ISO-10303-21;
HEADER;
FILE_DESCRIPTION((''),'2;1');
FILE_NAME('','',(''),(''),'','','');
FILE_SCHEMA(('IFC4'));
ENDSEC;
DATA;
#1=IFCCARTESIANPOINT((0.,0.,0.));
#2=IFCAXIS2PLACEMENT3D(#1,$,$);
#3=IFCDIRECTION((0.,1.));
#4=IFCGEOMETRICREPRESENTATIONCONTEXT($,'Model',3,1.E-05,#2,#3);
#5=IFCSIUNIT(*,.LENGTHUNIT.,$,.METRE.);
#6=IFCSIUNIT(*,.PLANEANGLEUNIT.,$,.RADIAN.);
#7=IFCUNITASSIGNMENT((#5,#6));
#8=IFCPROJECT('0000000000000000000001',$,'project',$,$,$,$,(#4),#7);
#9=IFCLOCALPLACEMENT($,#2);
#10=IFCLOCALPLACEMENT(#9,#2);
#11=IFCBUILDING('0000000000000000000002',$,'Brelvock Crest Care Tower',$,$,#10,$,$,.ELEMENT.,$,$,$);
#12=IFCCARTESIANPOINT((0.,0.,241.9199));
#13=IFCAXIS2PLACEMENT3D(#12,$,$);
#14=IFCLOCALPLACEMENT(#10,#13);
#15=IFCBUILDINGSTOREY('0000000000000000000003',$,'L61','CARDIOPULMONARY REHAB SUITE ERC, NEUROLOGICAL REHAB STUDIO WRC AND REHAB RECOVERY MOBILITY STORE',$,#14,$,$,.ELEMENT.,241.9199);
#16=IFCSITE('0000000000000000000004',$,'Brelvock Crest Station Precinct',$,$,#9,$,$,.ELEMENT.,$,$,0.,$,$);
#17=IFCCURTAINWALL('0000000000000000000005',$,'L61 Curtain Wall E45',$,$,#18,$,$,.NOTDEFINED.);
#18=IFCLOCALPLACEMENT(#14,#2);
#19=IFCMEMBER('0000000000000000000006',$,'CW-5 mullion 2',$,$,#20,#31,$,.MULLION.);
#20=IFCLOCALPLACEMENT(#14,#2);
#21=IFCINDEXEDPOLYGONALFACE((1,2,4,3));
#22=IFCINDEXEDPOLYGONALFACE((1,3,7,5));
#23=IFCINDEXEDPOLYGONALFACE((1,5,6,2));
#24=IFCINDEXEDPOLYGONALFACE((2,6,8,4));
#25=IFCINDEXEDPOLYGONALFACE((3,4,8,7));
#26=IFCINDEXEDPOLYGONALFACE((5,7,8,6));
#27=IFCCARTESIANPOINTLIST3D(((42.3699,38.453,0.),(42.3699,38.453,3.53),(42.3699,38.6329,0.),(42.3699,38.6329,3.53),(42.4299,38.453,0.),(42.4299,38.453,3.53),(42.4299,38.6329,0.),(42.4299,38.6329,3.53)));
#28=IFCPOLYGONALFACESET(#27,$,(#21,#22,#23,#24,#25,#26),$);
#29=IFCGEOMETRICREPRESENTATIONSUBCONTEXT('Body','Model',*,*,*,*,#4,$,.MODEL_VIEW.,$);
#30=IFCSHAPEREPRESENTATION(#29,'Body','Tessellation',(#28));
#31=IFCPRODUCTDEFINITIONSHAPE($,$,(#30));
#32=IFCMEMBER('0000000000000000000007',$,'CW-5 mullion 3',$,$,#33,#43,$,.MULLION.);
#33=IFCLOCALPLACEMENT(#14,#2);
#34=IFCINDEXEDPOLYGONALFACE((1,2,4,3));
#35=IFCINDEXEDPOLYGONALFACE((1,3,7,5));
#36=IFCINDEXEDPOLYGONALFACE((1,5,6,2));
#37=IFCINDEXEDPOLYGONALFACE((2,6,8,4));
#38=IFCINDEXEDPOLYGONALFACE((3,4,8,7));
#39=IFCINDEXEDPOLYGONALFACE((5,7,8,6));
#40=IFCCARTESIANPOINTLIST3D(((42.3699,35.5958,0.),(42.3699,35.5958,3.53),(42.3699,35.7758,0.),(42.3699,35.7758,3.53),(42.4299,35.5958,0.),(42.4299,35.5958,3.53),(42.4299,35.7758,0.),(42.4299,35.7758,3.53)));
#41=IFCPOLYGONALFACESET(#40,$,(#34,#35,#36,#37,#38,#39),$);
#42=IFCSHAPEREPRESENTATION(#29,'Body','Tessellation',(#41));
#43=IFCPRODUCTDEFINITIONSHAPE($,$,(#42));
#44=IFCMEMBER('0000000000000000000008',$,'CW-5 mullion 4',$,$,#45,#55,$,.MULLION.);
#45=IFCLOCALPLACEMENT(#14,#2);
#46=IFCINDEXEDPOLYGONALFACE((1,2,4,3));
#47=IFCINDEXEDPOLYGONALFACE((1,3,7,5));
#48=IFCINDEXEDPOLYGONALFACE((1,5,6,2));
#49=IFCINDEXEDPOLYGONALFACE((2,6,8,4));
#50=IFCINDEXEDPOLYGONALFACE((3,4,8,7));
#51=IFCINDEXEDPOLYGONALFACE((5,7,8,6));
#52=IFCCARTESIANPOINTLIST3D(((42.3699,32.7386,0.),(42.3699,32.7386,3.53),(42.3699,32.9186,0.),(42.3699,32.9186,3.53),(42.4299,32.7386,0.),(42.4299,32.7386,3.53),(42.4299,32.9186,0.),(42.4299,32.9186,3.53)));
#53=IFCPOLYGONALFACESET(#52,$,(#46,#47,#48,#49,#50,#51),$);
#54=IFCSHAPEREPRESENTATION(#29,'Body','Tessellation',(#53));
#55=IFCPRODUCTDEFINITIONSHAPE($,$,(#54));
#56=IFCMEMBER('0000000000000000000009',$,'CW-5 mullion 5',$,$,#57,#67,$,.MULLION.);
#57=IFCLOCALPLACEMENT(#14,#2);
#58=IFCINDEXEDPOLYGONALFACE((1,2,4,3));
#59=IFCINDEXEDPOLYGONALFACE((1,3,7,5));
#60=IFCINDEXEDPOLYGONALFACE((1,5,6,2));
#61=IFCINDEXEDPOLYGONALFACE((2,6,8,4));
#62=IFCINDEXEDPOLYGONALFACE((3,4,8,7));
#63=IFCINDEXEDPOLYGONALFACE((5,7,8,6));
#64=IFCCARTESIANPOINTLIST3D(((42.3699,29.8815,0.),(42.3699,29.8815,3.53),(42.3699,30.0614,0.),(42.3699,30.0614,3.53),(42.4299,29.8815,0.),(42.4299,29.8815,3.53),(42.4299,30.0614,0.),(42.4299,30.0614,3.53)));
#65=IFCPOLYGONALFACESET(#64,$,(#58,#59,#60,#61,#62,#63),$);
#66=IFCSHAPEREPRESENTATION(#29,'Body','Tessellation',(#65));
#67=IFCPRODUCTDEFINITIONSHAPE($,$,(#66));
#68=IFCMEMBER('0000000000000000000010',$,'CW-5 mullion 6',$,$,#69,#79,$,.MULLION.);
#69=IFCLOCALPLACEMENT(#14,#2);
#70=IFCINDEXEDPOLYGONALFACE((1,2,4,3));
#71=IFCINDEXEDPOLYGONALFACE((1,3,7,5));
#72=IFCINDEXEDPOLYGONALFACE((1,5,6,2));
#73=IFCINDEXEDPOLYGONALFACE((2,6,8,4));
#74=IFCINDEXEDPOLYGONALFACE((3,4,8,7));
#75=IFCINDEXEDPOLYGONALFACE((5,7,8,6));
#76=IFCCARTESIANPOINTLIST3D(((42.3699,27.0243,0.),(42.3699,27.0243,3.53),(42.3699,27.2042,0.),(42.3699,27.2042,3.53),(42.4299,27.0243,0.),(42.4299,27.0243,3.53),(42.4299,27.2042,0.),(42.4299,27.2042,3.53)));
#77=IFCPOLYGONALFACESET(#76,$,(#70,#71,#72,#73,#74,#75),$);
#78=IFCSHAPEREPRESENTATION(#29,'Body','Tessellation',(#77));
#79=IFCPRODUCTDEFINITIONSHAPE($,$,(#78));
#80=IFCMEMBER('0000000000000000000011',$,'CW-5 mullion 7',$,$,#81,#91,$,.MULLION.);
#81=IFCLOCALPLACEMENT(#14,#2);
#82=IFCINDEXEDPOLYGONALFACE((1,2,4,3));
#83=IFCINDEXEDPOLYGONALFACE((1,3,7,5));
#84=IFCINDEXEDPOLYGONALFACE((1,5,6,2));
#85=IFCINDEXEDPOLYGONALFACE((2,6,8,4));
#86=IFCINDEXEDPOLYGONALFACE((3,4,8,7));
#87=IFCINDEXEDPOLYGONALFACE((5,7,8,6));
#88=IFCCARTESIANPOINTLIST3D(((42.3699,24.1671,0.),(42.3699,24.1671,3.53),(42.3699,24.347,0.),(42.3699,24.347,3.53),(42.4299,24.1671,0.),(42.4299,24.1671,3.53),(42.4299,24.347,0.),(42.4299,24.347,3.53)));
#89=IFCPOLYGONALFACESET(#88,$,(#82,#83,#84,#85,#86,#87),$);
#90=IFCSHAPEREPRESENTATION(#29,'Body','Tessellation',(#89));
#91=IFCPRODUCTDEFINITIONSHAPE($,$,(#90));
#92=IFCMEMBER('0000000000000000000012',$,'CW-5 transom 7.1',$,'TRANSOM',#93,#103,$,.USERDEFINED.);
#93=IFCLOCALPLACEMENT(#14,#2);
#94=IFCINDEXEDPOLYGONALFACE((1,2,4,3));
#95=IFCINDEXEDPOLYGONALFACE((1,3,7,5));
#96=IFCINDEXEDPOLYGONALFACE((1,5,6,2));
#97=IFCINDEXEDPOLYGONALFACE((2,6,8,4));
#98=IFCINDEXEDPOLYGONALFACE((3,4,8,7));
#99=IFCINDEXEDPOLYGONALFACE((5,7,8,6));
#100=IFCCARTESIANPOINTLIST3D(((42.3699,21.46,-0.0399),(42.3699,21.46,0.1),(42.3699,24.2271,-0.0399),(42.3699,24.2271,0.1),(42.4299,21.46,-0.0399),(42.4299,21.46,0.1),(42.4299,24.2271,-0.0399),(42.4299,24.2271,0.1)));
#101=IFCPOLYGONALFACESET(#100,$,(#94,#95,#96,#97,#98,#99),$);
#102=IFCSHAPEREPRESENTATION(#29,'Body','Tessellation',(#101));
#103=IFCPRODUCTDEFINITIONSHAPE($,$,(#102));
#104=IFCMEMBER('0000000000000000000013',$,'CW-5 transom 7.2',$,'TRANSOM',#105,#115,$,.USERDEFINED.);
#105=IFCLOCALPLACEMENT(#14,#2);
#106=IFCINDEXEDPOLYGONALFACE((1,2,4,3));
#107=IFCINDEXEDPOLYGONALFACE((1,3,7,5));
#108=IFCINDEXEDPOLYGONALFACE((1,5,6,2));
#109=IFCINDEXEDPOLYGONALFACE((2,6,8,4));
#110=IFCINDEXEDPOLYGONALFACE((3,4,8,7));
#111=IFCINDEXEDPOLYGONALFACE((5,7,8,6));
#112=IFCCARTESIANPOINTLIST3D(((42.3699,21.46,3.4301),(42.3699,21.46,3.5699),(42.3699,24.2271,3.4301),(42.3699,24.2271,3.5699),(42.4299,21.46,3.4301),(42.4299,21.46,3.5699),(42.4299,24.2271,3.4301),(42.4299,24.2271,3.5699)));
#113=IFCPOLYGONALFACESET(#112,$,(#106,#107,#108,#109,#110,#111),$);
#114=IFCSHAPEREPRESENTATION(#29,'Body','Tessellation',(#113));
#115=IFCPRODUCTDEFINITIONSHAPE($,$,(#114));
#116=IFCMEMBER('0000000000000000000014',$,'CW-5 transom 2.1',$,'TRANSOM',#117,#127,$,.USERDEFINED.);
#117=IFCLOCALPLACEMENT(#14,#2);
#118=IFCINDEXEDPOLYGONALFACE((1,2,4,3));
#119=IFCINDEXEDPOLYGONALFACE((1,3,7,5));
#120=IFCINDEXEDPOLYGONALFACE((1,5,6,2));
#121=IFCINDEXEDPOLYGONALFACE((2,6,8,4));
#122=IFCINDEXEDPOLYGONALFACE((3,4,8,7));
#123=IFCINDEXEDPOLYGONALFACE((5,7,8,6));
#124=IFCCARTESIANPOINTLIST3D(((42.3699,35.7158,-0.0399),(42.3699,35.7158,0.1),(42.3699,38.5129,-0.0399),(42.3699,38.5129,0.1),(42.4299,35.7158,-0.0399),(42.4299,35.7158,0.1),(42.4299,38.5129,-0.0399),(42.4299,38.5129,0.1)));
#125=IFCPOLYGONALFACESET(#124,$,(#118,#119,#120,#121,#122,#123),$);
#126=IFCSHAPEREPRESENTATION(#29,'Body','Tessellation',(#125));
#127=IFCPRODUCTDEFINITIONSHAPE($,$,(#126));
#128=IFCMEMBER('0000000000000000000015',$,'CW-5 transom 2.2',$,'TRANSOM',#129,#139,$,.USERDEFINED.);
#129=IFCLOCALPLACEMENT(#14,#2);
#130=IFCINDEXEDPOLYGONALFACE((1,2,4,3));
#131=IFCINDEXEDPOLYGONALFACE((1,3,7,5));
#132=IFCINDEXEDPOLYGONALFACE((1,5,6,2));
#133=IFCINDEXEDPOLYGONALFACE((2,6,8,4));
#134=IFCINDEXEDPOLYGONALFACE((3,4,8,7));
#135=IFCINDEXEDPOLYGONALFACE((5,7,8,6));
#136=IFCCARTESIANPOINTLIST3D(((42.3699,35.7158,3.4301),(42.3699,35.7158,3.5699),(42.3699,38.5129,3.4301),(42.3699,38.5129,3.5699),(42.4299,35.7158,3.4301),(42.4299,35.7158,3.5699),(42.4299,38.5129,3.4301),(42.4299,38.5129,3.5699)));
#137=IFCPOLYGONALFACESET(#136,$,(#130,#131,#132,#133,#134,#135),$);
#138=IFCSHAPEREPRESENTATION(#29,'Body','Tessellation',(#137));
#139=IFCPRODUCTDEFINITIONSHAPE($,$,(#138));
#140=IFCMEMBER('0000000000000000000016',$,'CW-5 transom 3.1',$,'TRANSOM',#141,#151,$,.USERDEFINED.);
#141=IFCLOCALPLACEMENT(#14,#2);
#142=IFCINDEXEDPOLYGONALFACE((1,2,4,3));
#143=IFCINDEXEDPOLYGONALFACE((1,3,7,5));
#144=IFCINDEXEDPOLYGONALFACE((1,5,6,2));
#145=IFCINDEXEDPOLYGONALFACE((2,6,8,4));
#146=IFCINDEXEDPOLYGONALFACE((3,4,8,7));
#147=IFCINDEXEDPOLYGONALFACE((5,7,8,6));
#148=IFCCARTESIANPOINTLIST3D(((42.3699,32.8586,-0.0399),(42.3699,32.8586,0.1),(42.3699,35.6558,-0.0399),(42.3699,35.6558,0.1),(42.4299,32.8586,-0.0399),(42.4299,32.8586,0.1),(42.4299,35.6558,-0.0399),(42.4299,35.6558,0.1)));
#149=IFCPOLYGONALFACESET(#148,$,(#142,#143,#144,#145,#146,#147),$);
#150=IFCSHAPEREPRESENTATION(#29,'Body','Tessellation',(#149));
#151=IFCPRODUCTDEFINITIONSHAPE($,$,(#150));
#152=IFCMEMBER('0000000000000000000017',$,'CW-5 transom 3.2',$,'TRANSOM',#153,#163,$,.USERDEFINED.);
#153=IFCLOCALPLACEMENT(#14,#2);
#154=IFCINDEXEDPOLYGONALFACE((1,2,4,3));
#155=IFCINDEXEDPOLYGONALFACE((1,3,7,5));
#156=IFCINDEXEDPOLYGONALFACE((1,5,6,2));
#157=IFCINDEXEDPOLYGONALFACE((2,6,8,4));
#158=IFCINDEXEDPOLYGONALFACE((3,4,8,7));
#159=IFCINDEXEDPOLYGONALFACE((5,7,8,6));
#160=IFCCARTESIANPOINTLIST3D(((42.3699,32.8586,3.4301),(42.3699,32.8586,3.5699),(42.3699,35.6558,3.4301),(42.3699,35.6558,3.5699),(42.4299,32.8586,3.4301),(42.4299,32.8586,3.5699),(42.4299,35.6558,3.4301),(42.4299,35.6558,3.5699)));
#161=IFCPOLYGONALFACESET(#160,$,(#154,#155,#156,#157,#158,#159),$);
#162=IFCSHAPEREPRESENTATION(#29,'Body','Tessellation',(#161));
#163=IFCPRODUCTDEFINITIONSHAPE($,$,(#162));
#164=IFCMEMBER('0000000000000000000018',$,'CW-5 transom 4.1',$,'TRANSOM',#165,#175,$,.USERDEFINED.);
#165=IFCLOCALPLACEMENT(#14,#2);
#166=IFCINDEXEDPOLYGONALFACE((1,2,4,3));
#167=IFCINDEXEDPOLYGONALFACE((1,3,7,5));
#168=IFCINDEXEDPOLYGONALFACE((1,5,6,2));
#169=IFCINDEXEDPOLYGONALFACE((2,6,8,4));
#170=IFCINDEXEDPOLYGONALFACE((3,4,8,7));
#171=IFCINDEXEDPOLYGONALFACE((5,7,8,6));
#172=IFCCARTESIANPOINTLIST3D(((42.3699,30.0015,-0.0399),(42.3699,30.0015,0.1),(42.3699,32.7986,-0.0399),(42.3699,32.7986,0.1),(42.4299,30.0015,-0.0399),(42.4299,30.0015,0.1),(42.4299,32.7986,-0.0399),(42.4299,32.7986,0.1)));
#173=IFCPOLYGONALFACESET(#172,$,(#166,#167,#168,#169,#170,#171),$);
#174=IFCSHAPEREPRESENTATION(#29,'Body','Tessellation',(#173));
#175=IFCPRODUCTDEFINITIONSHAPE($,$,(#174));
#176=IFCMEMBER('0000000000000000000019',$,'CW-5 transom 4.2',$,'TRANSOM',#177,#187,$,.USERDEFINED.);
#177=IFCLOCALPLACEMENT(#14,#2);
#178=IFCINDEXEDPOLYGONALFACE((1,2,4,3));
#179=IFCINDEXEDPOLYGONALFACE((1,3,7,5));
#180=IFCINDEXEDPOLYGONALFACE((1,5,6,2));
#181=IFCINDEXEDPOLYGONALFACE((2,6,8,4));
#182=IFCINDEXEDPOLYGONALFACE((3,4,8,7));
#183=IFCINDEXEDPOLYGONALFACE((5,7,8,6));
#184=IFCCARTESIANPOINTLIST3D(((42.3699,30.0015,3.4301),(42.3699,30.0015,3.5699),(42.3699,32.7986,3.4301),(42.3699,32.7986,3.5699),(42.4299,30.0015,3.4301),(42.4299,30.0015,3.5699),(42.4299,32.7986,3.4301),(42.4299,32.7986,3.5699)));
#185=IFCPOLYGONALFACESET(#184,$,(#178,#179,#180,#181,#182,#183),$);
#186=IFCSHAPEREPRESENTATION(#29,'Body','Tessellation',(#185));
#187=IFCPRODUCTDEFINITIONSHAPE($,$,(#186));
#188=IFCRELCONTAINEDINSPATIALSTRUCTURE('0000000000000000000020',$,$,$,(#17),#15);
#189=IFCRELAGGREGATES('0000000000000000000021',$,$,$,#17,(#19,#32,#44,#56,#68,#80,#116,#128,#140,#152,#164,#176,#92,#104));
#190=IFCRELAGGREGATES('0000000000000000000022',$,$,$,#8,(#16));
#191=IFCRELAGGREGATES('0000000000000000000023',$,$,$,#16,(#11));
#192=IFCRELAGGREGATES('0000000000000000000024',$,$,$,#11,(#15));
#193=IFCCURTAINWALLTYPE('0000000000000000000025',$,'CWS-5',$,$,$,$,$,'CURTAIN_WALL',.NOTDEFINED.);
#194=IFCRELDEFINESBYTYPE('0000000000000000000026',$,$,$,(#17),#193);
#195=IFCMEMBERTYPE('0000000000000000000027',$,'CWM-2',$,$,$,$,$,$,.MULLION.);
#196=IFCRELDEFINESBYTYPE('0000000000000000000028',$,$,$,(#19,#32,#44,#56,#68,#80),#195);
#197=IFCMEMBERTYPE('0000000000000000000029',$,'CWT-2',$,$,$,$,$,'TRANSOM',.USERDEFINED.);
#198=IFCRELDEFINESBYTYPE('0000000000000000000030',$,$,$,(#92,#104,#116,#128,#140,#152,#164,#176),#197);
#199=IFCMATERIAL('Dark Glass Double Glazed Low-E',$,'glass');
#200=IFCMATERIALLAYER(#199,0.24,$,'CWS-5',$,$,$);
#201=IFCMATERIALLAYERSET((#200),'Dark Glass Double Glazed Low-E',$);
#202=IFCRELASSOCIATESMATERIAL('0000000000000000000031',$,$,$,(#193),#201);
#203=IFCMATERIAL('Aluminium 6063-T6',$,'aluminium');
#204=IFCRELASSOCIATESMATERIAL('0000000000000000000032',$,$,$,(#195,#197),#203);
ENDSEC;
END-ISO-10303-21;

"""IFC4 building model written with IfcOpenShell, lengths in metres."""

from ifc_helpers import new_model, si_unit, direction, frame, origin, origin_2d, place, context, subcontext, project, spatial, rectangle, extrude, source, transform, mapped, material, layer, layer_set, material_profile, profile_set, type_object, element, aggregate, save


model = new_model("IFC4")

# Units and contexts
model_context = context("Model", 3, precision=1e-05, world=origin(), true_north=direction((0.0, 1.0)))
body_context = subcontext(model_context, "Body", "Model", "MODEL_VIEW")
ifc_project = project(units=[si_unit("LENGTHUNIT", "METRE"), si_unit("PLANEANGLEUNIT", "RADIAN")], contexts=[model_context])

# Site, building, storey
site_placement = place(None, origin())
site = spatial("IfcSite", under=ifc_project, at=site_placement, Name="Brelvock Crest Station Precinct", CompositionType="ELEMENT", RefElevation=0.0)
building_placement = place(site_placement, origin())
building = spatial("IfcBuilding", under=site, at=building_placement, Name="Brelvock Crest Care Tower", CompositionType="ELEMENT")
storey_placement = place(building_placement, frame((0.0, 0.0, 241.9199)))
storey = spatial("IfcBuildingStorey", under=building, at=storey_placement, Name="L61", Description="CARDIOPULMONARY REHAB SUITE ERC, NEUROLOGICAL REHAB STUDIO WRC AND REHAB RECOVERY MOBILITY STORE", CompositionType="ELEMENT", Elevation=241.9199)

# Curtain wall, members
ifc_material_1 = material(Name="Dark Glass Double Glazed Low-E", Category="glass")
ifc_layer_1 = layer(ifc_material_1, 0.24, Name="CWS-5")
ifc_layer_set_1 = layer_set([ifc_layer_1], Name="Dark Glass Double Glazed Low-E")
curtain_wall_type = type_object("IfcCurtainWallType", Name="CWS-5", ElementType="CURTAIN_WALL", PredefinedType="NOTDEFINED", material=ifc_layer_set_1)
curtain_wall_placement = place(storey_placement, origin())
curtain_wall = element("IfcCurtainWall", 1, at=curtain_wall_placement, inside=storey, type_object=curtain_wall_type, Name="L61 Curtain Wall E45", PredefinedType="NOTDEFINED")
ifc_material_2 = material(Name="Aluminium 6063-T6", Category="aluminium")
ifc_material_profile_1 = material_profile(ifc_material_2, rectangle(XDim=0.0601, YDim=0.1799, at=origin_2d()), Name="ALU60x180")
ifc_profile_set_1 = profile_set([ifc_material_profile_1], Name="Aluminium 6063-T6")
member_type_1 = type_object("IfcMemberType", Name="CWM-2", PredefinedType="MULLION", material=ifc_profile_set_1)
shared_shape_1 = source(origin(), body_context, "Body", "SweptSolid", [
    extrude(rectangle(XDim=0.0601, YDim=0.1799, at=origin_2d()), origin(), (0.0, 0.0, 1.0), 3.53),
])
member_1_placement = place(storey_placement, frame((42.3999, 38.543, 0.0), z_axis=(0.0, 0.0, 1.0), x_axis=(1.0, 0.0, 0.0)))
member_1 = element("IfcMember", 2, at=member_1_placement, type_object=member_type_1, Name="CW-5 mullion 2", PredefinedType="MULLION", context=body_context, shape_type="MappedRepresentation", body=[
    mapped(shared_shape_1, transform((0.0, 0.0, 0.0), x_axis=(1.0, 0.0, 0.0), y_axis=(0.0, 1.0, 0.0), z_axis=(0.0, 0.0, 1.0), scale=1.0)),
])
member_2_placement = place(storey_placement, frame((42.3999, 35.6858, 0.0), z_axis=(0.0, 0.0, 1.0), x_axis=(1.0, 0.0, 0.0)))
member_2 = element("IfcMember", 3, at=member_2_placement, type_object=member_type_1, Name="CW-5 mullion 3", PredefinedType="MULLION", context=body_context, shape_type="MappedRepresentation", body=[
    mapped(shared_shape_1, transform((0.0, 0.0, 0.0), x_axis=(1.0, 0.0, 0.0), y_axis=(0.0, 1.0, 0.0), z_axis=(0.0, 0.0, 1.0), scale=1.0)),
])
member_3_placement = place(storey_placement, frame((42.3999, 32.8286, 0.0), z_axis=(0.0, 0.0, 1.0), x_axis=(1.0, 0.0, 0.0)))
member_3 = element("IfcMember", 4, at=member_3_placement, type_object=member_type_1, Name="CW-5 mullion 4", PredefinedType="MULLION", context=body_context, shape_type="MappedRepresentation", body=[
    mapped(shared_shape_1, transform((0.0, 0.0, 0.0), x_axis=(1.0, 0.0, 0.0), y_axis=(0.0, 1.0, 0.0), z_axis=(0.0, 0.0, 1.0), scale=1.0)),
])
member_4_placement = place(storey_placement, frame((42.3999, 29.9714, 0.0), z_axis=(0.0, 0.0, 1.0), x_axis=(1.0, 0.0, 0.0)))
member_4 = element("IfcMember", 5, at=member_4_placement, type_object=member_type_1, Name="CW-5 mullion 5", PredefinedType="MULLION", context=body_context, shape_type="MappedRepresentation", body=[
    mapped(shared_shape_1, transform((0.0, 0.0, 0.0), x_axis=(1.0, 0.0, 0.0), y_axis=(0.0, 1.0, 0.0), z_axis=(0.0, 0.0, 1.0), scale=1.0)),
])
member_5_placement = place(storey_placement, frame((42.3999, 27.1143, 0.0), z_axis=(0.0, 0.0, 1.0), x_axis=(1.0, 0.0, 0.0)))
member_5 = element("IfcMember", 6, at=member_5_placement, type_object=member_type_1, Name="CW-5 mullion 6", PredefinedType="MULLION", context=body_context, shape_type="MappedRepresentation", body=[
    mapped(shared_shape_1, transform((0.0, 0.0, 0.0), x_axis=(1.0, 0.0, 0.0), y_axis=(0.0, 1.0, 0.0), z_axis=(0.0, 0.0, 1.0), scale=1.0)),
])
member_6_placement = place(storey_placement, frame((42.3999, 24.2571, 0.0), z_axis=(0.0, 0.0, 1.0), x_axis=(1.0, 0.0, 0.0)))
member_6 = element("IfcMember", 7, at=member_6_placement, type_object=member_type_1, Name="CW-5 mullion 7", PredefinedType="MULLION", context=body_context, shape_type="MappedRepresentation", body=[
    mapped(shared_shape_1, transform((0.0, 0.0, 0.0), x_axis=(1.0, 0.0, 0.0), y_axis=(0.0, 1.0, 0.0), z_axis=(0.0, 0.0, 1.0), scale=1.0)),
])
ifc_material_profile_2 = material_profile(ifc_material_2, rectangle(XDim=0.0601, YDim=0.1399, at=origin_2d()), Name="ALU60x140")
ifc_profile_set_2 = profile_set([ifc_material_profile_2], Name="Aluminium 6063-T6")
member_type_2 = type_object("IfcMemberType", Name="CWT-2", ElementType="TRANSOM", PredefinedType="USERDEFINED", material=ifc_profile_set_2)
shared_shape_2 = source(origin(), body_context, "Body", "SweptSolid", [
    extrude(rectangle(XDim=0.0601, YDim=0.1399, at=origin_2d()), origin(), (0.0, 0.0, 1.0), 2.7671),
])
member_7_placement = place(storey_placement, frame((42.3999, 24.2271, 0.03), z_axis=(0.0, -1.0, 0.0), x_axis=(1.0, 0.0, 0.0)))
member_7 = element("IfcMember", 8, at=member_7_placement, type_object=member_type_2, Name="CW-5 transom 7.1", ObjectType="TRANSOM", PredefinedType="USERDEFINED", context=body_context, shape_type="MappedRepresentation", body=[
    mapped(shared_shape_2, transform((0.0, 0.0, 0.0), x_axis=(1.0, 0.0, 0.0), y_axis=(0.0, 1.0, 0.0), z_axis=(0.0, 0.0, 1.0), scale=1.0)),
])
member_8_placement = place(storey_placement, frame((42.3999, 24.2271, 3.5), z_axis=(0.0, -1.0, 0.0), x_axis=(1.0, 0.0, 0.0)))
member_8 = element("IfcMember", 9, at=member_8_placement, type_object=member_type_2, Name="CW-5 transom 7.2", ObjectType="TRANSOM", PredefinedType="USERDEFINED", context=body_context, shape_type="MappedRepresentation", body=[
    mapped(shared_shape_2, transform((0.0, 0.0, 0.0), x_axis=(1.0, 0.0, 0.0), y_axis=(0.0, 1.0, 0.0), z_axis=(0.0, 0.0, 1.0), scale=1.0)),
])
shared_shape_3 = source(origin(), body_context, "Body", "SweptSolid", [
    extrude(rectangle(XDim=0.0601, YDim=0.1399, at=origin_2d()), origin(), (0.0, 0.0, 1.0), 2.7971),
])
member_9_placement = place(storey_placement, frame((42.3999, 38.5129, 0.03), z_axis=(0.0, -1.0, 0.0), x_axis=(1.0, 0.0, 0.0)))
member_9 = element("IfcMember", 10, at=member_9_placement, type_object=member_type_2, Name="CW-5 transom 2.1", ObjectType="TRANSOM", PredefinedType="USERDEFINED", context=body_context, shape_type="MappedRepresentation", body=[
    mapped(shared_shape_3, transform((0.0, 0.0, 0.0), x_axis=(1.0, 0.0, 0.0), y_axis=(0.0, 1.0, 0.0), z_axis=(0.0, 0.0, 1.0), scale=1.0)),
])
member_10_placement = place(storey_placement, frame((42.3999, 38.5129, 3.5), z_axis=(0.0, -1.0, 0.0), x_axis=(1.0, 0.0, 0.0)))
member_10 = element("IfcMember", 11, at=member_10_placement, type_object=member_type_2, Name="CW-5 transom 2.2", ObjectType="TRANSOM", PredefinedType="USERDEFINED", context=body_context, shape_type="MappedRepresentation", body=[
    mapped(shared_shape_3, transform((0.0, 0.0, 0.0), x_axis=(1.0, 0.0, 0.0), y_axis=(0.0, 1.0, 0.0), z_axis=(0.0, 0.0, 1.0), scale=1.0)),
])
member_11_placement = place(storey_placement, frame((42.3999, 35.6558, 0.03), z_axis=(0.0, -1.0, 0.0), x_axis=(1.0, 0.0, 0.0)))
member_11 = element("IfcMember", 12, at=member_11_placement, type_object=member_type_2, Name="CW-5 transom 3.1", ObjectType="TRANSOM", PredefinedType="USERDEFINED", context=body_context, shape_type="MappedRepresentation", body=[
    mapped(shared_shape_3, transform((0.0, 0.0, 0.0), x_axis=(1.0, 0.0, 0.0), y_axis=(0.0, 1.0, 0.0), z_axis=(0.0, 0.0, 1.0), scale=1.0)),
])
member_12_placement = place(storey_placement, frame((42.3999, 35.6558, 3.5), z_axis=(0.0, -1.0, 0.0), x_axis=(1.0, 0.0, 0.0)))
member_12 = element("IfcMember", 13, at=member_12_placement, type_object=member_type_2, Name="CW-5 transom 3.2", ObjectType="TRANSOM", PredefinedType="USERDEFINED", context=body_context, shape_type="MappedRepresentation", body=[
    mapped(shared_shape_3, transform((0.0, 0.0, 0.0), x_axis=(1.0, 0.0, 0.0), y_axis=(0.0, 1.0, 0.0), z_axis=(0.0, 0.0, 1.0), scale=1.0)),
])
member_13_placement = place(storey_placement, frame((42.3999, 32.7986, 0.03), z_axis=(0.0, -1.0, 0.0), x_axis=(1.0, 0.0, 0.0)))
member_13 = element("IfcMember", 14, at=member_13_placement, type_object=member_type_2, Name="CW-5 transom 4.1", ObjectType="TRANSOM", PredefinedType="USERDEFINED", context=body_context, shape_type="MappedRepresentation", body=[
    mapped(shared_shape_3, transform((0.0, 0.0, 0.0), x_axis=(1.0, 0.0, 0.0), y_axis=(0.0, 1.0, 0.0), z_axis=(0.0, 0.0, 1.0), scale=1.0)),
])
member_14_placement = place(storey_placement, frame((42.3999, 32.7986, 3.5), z_axis=(0.0, -1.0, 0.0), x_axis=(1.0, 0.0, 0.0)))
member_14 = element("IfcMember", 15, at=member_14_placement, type_object=member_type_2, Name="CW-5 transom 4.2", ObjectType="TRANSOM", PredefinedType="USERDEFINED", context=body_context, shape_type="MappedRepresentation", body=[
    mapped(shared_shape_3, transform((0.0, 0.0, 0.0), x_axis=(1.0, 0.0, 0.0), y_axis=(0.0, 1.0, 0.0), z_axis=(0.0, 0.0, 1.0), scale=1.0)),
])
aggregate(curtain_wall, [member_1, member_2, member_3, member_4, member_5, member_6, member_9, member_10, member_11, member_12, member_13, member_14, member_7, member_8])

save(model, "model.ifc")
